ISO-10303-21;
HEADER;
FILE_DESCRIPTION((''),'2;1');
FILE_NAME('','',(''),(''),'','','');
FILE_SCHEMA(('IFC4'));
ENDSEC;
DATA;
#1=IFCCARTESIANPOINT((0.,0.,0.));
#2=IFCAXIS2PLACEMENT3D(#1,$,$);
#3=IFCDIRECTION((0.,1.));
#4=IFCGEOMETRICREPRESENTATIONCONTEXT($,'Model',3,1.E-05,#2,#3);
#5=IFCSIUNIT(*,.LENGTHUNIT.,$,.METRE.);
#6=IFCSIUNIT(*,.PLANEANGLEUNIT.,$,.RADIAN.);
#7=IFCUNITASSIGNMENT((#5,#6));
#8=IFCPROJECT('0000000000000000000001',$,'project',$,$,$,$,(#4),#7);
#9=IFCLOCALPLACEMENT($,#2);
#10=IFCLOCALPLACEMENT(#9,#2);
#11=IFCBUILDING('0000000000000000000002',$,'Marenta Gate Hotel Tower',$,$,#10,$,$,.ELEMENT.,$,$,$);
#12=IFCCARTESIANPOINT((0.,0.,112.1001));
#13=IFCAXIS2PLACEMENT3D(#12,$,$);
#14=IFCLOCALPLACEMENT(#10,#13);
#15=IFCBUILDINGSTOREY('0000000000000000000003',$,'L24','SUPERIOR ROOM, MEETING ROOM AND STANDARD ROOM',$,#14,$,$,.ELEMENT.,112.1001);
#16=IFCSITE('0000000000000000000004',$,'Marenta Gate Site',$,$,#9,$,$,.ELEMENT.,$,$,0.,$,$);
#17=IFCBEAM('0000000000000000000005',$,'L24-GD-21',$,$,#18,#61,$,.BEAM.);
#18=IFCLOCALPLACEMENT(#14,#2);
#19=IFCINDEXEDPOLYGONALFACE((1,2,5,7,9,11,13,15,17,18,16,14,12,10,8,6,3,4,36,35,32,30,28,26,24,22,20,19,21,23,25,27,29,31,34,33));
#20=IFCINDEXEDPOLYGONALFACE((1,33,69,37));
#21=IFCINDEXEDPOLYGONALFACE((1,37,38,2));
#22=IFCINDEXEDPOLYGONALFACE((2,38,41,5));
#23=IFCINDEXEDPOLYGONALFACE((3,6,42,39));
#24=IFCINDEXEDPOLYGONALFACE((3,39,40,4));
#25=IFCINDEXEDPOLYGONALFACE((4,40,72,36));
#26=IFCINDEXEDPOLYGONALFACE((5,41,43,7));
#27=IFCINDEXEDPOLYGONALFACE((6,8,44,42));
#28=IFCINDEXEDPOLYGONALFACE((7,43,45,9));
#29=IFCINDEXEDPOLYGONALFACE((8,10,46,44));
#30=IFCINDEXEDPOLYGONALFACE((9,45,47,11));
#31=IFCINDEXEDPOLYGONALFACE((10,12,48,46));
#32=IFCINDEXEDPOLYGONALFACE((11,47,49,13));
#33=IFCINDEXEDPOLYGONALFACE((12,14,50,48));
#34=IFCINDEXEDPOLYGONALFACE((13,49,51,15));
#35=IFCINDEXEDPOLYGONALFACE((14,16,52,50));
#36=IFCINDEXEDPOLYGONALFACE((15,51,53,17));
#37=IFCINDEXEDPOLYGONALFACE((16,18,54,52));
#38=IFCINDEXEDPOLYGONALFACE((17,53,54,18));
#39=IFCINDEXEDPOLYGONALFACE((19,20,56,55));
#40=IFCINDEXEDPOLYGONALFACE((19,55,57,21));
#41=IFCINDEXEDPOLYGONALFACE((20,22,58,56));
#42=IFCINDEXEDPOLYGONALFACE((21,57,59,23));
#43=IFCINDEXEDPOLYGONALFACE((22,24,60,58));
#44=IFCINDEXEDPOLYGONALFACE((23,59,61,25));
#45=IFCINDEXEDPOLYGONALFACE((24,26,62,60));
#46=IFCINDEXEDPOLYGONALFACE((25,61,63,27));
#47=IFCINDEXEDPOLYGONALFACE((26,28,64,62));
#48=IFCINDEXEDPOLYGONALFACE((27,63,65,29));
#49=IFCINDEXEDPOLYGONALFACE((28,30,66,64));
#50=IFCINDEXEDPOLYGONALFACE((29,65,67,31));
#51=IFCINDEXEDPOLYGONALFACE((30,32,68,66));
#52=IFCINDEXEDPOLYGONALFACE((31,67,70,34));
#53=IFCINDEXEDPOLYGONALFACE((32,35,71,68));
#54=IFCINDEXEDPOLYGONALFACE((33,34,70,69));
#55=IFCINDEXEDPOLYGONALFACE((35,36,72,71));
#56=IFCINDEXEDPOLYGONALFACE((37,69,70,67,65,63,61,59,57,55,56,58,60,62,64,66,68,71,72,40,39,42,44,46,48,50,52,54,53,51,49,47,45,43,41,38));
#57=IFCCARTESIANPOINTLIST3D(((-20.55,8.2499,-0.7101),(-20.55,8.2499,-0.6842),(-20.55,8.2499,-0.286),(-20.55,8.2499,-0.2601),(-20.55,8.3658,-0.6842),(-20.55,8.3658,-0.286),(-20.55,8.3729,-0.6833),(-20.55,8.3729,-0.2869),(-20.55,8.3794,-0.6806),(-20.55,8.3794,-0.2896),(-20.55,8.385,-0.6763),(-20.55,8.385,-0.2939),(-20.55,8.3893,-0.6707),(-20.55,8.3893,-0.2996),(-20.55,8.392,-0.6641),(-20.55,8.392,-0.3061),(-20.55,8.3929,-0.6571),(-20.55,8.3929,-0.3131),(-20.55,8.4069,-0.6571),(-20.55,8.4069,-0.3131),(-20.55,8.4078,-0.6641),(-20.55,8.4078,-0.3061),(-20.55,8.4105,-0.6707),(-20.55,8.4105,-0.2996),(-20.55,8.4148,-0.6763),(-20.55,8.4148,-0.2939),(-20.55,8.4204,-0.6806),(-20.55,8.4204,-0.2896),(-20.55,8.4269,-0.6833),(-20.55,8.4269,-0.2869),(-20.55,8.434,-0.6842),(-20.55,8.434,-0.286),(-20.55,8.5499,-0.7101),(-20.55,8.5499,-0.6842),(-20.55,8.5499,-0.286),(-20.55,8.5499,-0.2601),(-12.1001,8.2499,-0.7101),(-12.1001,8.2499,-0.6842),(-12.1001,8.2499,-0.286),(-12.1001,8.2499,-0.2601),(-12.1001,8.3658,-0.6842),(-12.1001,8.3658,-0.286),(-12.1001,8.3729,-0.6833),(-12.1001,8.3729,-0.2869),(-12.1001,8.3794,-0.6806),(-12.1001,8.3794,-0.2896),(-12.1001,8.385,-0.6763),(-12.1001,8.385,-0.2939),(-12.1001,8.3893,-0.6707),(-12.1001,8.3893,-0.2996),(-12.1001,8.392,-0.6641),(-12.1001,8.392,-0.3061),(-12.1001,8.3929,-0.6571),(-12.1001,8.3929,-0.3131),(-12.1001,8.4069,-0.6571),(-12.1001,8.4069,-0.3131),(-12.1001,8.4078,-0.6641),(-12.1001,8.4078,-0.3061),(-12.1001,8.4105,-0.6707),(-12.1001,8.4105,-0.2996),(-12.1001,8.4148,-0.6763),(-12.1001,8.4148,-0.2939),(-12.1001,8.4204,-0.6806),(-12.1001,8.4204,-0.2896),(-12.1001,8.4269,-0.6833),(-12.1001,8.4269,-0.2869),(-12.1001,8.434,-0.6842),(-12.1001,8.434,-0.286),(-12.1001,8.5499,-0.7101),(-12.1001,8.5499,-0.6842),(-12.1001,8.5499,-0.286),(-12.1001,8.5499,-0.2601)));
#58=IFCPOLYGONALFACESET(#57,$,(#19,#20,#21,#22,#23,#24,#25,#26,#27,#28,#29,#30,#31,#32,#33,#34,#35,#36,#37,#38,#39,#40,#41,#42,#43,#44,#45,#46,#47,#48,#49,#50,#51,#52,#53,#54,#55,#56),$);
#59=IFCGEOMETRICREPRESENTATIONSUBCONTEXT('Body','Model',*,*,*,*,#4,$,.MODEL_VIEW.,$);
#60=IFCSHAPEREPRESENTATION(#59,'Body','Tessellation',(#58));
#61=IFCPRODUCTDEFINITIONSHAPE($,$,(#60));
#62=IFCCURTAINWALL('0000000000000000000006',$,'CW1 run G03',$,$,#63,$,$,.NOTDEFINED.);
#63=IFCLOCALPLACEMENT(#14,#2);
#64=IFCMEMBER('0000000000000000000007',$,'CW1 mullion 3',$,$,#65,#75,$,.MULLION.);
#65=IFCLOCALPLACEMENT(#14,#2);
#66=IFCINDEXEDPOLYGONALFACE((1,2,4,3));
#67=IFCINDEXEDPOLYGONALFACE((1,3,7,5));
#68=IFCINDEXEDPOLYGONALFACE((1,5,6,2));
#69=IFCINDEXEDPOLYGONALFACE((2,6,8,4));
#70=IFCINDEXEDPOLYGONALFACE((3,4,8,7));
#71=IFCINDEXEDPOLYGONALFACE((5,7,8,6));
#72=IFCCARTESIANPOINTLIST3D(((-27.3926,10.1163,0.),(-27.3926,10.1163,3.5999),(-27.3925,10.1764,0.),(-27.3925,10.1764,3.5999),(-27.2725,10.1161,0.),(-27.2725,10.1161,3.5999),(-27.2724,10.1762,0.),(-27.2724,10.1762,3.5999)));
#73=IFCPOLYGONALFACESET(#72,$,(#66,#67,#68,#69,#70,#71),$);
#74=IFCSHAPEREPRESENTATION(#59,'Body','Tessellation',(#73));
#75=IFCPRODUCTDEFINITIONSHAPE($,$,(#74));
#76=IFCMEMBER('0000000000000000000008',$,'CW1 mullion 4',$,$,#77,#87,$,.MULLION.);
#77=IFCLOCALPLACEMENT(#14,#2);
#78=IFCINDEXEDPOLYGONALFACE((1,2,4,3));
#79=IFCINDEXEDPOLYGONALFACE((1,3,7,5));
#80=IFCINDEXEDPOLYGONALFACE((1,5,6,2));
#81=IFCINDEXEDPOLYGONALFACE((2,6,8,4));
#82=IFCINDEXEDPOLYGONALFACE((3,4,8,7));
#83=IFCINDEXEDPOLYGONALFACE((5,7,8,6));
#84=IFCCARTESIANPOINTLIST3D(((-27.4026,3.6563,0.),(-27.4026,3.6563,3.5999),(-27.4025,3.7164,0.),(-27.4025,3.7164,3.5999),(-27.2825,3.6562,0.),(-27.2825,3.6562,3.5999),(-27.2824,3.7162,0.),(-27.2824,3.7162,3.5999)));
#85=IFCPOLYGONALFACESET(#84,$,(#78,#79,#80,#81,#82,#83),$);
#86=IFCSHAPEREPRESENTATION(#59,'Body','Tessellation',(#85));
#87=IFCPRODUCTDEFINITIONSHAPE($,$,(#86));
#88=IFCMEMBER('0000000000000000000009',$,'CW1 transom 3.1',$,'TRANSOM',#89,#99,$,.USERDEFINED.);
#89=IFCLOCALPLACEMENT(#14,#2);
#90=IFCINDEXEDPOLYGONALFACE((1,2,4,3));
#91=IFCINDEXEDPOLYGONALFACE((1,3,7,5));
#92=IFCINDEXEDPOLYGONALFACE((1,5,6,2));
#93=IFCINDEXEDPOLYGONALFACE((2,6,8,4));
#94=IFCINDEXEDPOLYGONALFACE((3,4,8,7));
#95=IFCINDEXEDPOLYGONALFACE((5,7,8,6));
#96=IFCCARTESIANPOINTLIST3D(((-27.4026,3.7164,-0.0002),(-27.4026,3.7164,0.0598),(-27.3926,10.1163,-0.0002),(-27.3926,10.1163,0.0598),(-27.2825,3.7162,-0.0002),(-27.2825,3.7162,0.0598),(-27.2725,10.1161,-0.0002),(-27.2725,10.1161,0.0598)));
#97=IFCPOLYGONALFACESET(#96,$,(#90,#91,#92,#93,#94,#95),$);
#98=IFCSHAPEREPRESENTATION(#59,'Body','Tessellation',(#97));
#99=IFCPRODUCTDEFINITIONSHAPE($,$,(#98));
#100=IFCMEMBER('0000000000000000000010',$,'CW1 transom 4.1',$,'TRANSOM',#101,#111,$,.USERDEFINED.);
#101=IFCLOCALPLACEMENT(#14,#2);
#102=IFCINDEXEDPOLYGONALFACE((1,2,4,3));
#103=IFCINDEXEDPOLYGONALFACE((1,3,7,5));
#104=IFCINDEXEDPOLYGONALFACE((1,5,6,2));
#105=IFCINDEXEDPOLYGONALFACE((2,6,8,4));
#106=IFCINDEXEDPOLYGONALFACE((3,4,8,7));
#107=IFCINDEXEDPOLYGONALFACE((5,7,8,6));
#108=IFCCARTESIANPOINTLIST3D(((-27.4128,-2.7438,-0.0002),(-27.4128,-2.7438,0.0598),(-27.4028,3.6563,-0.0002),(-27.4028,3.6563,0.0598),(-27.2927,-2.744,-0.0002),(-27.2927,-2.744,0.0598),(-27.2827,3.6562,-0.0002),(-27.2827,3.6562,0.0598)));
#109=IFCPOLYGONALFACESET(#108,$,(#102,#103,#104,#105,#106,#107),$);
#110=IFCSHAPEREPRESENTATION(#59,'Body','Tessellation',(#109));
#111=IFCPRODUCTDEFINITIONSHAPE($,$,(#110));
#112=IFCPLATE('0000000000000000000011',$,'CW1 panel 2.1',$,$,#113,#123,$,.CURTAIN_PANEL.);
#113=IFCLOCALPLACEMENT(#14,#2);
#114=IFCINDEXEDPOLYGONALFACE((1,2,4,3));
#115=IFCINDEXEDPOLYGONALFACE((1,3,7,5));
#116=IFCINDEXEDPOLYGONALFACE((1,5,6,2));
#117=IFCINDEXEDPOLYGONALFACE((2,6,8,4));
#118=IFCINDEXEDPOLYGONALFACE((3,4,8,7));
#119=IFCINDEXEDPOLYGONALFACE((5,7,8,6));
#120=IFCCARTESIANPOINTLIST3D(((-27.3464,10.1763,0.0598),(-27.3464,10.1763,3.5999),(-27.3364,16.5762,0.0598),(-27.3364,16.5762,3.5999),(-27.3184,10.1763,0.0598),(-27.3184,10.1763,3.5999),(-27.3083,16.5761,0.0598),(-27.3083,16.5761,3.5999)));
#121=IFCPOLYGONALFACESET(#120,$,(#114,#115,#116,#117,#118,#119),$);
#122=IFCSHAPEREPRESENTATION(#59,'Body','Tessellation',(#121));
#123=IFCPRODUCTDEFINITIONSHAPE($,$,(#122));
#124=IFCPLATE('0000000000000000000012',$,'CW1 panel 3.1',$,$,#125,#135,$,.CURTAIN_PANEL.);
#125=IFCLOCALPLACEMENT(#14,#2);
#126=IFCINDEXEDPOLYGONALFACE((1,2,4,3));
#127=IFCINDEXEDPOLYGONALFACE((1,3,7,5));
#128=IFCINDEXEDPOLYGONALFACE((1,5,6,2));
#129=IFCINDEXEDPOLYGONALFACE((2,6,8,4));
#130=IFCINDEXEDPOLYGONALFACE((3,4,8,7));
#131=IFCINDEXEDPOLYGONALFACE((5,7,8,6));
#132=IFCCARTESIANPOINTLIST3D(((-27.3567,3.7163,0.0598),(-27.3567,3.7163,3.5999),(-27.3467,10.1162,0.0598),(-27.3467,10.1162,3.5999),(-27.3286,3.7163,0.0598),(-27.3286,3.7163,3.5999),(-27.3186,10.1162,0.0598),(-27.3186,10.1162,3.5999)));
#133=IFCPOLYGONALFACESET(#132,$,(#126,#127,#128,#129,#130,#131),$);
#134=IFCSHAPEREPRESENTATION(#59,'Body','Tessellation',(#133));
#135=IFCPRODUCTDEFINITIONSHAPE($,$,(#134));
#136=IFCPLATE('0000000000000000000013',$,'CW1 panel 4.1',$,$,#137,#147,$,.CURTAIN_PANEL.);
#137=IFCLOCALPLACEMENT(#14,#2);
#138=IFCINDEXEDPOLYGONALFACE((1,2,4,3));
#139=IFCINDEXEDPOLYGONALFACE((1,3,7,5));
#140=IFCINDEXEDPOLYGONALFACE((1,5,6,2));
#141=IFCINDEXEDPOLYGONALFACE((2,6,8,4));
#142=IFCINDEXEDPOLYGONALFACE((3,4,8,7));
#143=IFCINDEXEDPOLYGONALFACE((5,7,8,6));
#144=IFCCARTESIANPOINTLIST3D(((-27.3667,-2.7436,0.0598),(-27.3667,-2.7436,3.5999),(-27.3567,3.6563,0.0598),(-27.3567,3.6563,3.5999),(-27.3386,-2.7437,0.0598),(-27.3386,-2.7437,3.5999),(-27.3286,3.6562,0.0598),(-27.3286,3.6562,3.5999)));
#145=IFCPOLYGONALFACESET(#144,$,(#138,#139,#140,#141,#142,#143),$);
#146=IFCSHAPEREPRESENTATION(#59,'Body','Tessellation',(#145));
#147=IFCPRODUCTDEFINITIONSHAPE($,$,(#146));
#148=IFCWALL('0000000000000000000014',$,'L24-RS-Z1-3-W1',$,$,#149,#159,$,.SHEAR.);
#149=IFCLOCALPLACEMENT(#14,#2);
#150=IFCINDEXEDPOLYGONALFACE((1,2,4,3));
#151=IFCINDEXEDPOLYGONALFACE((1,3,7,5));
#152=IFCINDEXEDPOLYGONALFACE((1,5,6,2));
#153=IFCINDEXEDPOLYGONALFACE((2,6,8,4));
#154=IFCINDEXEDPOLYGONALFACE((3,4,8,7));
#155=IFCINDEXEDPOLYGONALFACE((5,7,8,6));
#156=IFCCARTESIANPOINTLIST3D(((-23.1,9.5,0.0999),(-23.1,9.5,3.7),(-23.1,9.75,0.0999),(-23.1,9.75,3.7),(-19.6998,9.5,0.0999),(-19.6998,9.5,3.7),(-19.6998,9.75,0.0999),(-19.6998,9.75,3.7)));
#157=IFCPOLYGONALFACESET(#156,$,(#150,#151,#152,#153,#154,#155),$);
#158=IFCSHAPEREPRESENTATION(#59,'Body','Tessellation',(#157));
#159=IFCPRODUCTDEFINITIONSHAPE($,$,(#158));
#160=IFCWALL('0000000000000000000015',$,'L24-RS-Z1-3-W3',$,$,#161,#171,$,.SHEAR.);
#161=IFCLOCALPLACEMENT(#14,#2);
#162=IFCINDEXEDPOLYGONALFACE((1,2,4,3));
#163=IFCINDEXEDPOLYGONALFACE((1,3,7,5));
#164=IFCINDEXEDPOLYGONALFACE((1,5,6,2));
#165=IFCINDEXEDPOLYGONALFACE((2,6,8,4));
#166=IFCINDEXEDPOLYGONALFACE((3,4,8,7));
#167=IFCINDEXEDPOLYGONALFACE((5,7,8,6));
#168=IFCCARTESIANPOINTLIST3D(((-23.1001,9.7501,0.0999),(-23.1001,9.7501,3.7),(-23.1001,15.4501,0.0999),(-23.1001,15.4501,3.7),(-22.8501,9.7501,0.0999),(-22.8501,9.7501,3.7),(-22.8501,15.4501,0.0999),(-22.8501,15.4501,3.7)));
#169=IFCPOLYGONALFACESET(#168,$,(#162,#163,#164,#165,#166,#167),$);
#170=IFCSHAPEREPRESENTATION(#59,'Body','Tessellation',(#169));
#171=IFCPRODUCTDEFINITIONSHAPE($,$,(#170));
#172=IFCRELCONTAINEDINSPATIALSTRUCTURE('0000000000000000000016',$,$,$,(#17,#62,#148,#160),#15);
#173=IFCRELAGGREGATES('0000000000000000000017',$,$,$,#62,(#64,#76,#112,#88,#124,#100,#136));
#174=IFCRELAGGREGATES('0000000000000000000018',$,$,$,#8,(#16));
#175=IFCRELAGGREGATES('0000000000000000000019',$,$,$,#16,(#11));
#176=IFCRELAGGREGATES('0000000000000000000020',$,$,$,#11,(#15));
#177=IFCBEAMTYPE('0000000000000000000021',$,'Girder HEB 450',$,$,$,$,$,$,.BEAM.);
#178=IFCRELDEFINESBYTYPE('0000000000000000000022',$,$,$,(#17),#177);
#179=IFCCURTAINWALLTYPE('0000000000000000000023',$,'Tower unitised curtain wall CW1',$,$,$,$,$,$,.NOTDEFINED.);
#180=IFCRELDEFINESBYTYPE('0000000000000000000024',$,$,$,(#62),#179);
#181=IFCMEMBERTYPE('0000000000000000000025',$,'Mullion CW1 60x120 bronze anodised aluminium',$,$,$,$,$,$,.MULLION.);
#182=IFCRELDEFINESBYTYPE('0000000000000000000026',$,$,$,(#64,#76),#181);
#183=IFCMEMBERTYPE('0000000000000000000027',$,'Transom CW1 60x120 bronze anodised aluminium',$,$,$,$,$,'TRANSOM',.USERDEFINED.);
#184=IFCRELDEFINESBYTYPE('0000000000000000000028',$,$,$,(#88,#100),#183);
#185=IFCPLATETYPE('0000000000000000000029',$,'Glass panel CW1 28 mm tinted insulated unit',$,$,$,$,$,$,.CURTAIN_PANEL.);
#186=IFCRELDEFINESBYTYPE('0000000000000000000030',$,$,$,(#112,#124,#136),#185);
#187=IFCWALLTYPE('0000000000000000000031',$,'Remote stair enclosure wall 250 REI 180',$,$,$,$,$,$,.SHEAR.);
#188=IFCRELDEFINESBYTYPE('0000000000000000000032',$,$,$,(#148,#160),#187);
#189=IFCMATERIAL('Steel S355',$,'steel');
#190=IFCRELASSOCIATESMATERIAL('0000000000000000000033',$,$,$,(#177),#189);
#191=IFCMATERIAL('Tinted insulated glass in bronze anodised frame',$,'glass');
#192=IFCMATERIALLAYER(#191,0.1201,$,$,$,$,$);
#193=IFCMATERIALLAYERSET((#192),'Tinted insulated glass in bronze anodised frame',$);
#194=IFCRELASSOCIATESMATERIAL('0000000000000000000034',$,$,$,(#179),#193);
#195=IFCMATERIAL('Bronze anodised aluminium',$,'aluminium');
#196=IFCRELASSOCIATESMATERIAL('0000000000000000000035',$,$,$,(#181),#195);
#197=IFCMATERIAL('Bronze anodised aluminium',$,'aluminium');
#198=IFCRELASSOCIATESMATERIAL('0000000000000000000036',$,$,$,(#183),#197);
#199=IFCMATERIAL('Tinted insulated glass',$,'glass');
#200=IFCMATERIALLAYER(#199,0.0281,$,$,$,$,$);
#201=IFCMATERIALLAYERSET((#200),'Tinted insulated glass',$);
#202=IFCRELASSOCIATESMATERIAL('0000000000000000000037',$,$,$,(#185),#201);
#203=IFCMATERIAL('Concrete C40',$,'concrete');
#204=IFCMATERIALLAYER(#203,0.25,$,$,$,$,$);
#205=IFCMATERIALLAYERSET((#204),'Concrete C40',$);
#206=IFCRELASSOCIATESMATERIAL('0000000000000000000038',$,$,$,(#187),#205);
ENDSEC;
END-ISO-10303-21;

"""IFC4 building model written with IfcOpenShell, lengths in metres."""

from ifc_helpers import new_model, si_unit, direction, frame, frame_2d, origin, origin_2d, place, context, subcontext, project, spatial, rectangle, i_section, extrude, material, layer, layer_set, material_profile, profile_set, type_object, element, aggregate, save


model = new_model("IFC4")

# Units and contexts
model_context = context("Model", 3, precision=1e-05, world=origin(), true_north=direction((0.0, 1.0)))
body_context = subcontext(model_context, "Body", "Model", "MODEL_VIEW")
ifc_project = project(units=[si_unit("LENGTHUNIT", "METRE"), si_unit("PLANEANGLEUNIT", "RADIAN")], contexts=[model_context])

# Site, building, storey
site_placement = place(None, origin())
site = spatial("IfcSite", under=ifc_project, at=site_placement, Name="Marenta Gate Site", CompositionType="ELEMENT", RefElevation=0.0)
building_placement = place(site_placement, origin())
building = spatial("IfcBuilding", under=site, at=building_placement, Name="Marenta Gate Hotel Tower", CompositionType="ELEMENT")
storey_placement = place(building_placement, frame((0.0, 0.0, 112.1001)))
storey = spatial("IfcBuildingStorey", under=building, at=storey_placement, Name="L24", Description="SUPERIOR ROOM, MEETING ROOM AND STANDARD ROOM", CompositionType="ELEMENT", Elevation=112.1001)

# Beam
ifc_material_1 = material(Name="Steel S355", Category="steel")
ifc_material_profile_1 = material_profile(ifc_material_1, i_section(OverallWidth=0.3, OverallDepth=0.45, WebThickness=0.0139, FlangeThickness=0.0259, FilletRadius=0.0271, at=origin_2d()), Name="HEB 450")
ifc_profile_set_1 = profile_set([ifc_material_profile_1], Name="Steel S355")
beam_type_1 = type_object("IfcBeamType", Name="Girder HEB 450", PredefinedType="BEAM", material=ifc_profile_set_1)
beam_1_placement = place(storey_placement, frame((-20.55, 8.3999, -0.4851), z_axis=(1.0, 0.0, 0.0), x_axis=(0.0, 1.0, 0.0)))
element("IfcBeam", 1, at=beam_1_placement, inside=storey, type_object=beam_type_1, Name="L24-GD-21", PredefinedType="BEAM", context=body_context, shape_type="SweptSolid", body=[
    extrude(i_section(OverallWidth=0.3, OverallDepth=0.45, WebThickness=0.0139, FlangeThickness=0.0259, FilletRadius=0.0271, at=origin_2d()), origin(), (0.0, 0.0, 1.0), 8.45),
])

# Curtain wall, members, plates
ifc_material_2 = material(Name="Tinted insulated glass in bronze anodised frame", Category="glass")
ifc_layer_1 = layer(ifc_material_2, 0.1201)
ifc_layer_set_1 = layer_set([ifc_layer_1], Name="Tinted insulated glass in bronze anodised frame")
curtain_wall_type = type_object("IfcCurtainWallType", Name="Tower unitised curtain wall CW1", PredefinedType="NOTDEFINED", material=ifc_layer_set_1)
curtain_wall_placement = place(storey_placement, origin())
curtain_wall = element("IfcCurtainWall", 2, at=curtain_wall_placement, inside=storey, type_object=curtain_wall_type, Name="CW1 run G03", PredefinedType="NOTDEFINED")
ifc_material_3 = material(Name="Bronze anodised aluminium", Category="aluminium")
ifc_material_profile_2 = material_profile(ifc_material_3, rectangle(XDim=0.1201, YDim=0.0601, at=origin_2d()), Name="Mullion CW1 60x120 bronze anodised aluminium")
ifc_profile_set_2 = profile_set([ifc_material_profile_2], Name="Bronze anodised aluminium")
member_type_1 = type_object("IfcMemberType", Name="Mullion CW1 60x120 bronze anodised aluminium", PredefinedType="MULLION", material=ifc_profile_set_2)
member_1_placement = place(storey_placement, frame((-27.3325, 10.1462, 0.0), z_axis=(0.0, 0.0, 1.0), x_axis=(0.999999, -0.001566, 0.0)))
member_1 = element("IfcMember", 3, at=member_1_placement, type_object=member_type_1, Name="CW1 mullion 3", PredefinedType="MULLION", context=body_context, shape_type="SweptSolid", body=[
    extrude(rectangle(XDim=0.1201, YDim=0.0601, at=origin_2d()), origin(), (0.0, 0.0, 1.0), 3.5999),
])
member_2_placement = place(storey_placement, frame((-27.3425, 3.6863, 0.0), z_axis=(0.0, 0.0, 1.0), x_axis=(0.999999, -0.001566, 0.0)))
member_2 = element("IfcMember", 4, at=member_2_placement, type_object=member_type_1, Name="CW1 mullion 4", PredefinedType="MULLION", context=body_context, shape_type="SweptSolid", body=[
    extrude(rectangle(XDim=0.1201, YDim=0.0601, at=origin_2d()), origin(), (0.0, 0.0, 1.0), 3.5999),
])
ifc_material_4 = material(Name="Bronze anodised aluminium", Category="aluminium")
ifc_material_profile_3 = material_profile(ifc_material_4, rectangle(XDim=0.1201, YDim=0.0601, at=origin_2d()), Name="Transom CW1 60x120 bronze anodised aluminium")
ifc_profile_set_3 = profile_set([ifc_material_profile_3], Name="Bronze anodised aluminium")
member_type_2 = type_object("IfcMemberType", Name="Transom CW1 60x120 bronze anodised aluminium", ElementType="TRANSOM", PredefinedType="USERDEFINED", material=ifc_profile_set_3)
member_3_placement = place(storey_placement, frame((-27.3325, 10.1162, 0.0298), z_axis=(-0.001564, -0.999999, 0.0), x_axis=(0.999999, -0.001564, 0.0)))
member_3 = element("IfcMember", 5, at=member_3_placement, type_object=member_type_2, Name="CW1 transom 3.1", ObjectType="TRANSOM", PredefinedType="USERDEFINED", context=body_context, shape_type="SweptSolid", body=[
    extrude(rectangle(XDim=0.1201, YDim=0.0601, at=origin_2d()), origin(), (0.0, 0.0, 1.0), 6.3999),
])
member_4_placement = place(storey_placement, frame((-27.3428, 3.6562, 0.0298), z_axis=(-0.001564, -0.999999, 0.0), x_axis=(0.999999, -0.001564, 0.0)))
member_4 = element("IfcMember", 6, at=member_4_placement, type_object=member_type_2, Name="CW1 transom 4.1", ObjectType="TRANSOM", PredefinedType="USERDEFINED", context=body_context, shape_type="SweptSolid", body=[
    extrude(rectangle(XDim=0.1201, YDim=0.0601, at=origin_2d()), origin(), (0.0, 0.0, 1.0), 6.4001),
])
ifc_material_5 = material(Name="Tinted insulated glass", Category="glass")
ifc_layer_2 = layer(ifc_material_5, 0.0281)
ifc_layer_set_2 = layer_set([ifc_layer_2], Name="Tinted insulated glass")
plate_type = type_object("IfcPlateType", Name="Glass panel CW1 28 mm tinted insulated unit", PredefinedType="CURTAIN_PANEL", material=ifc_layer_set_2)
plate_1_placement = place(storey_placement, frame((-27.3274, 13.3762, 0.0598), z_axis=(0.0, 0.0, 1.0), x_axis=(-0.001566, -0.999999, 0.0)))
plate_1 = element("IfcPlate", 7, at=plate_1_placement, type_object=plate_type, Name="CW1 panel 2.1", PredefinedType="CURTAIN_PANEL", context=body_context, shape_type="SweptSolid", body=[
    extrude(rectangle(XDim=6.3999, YDim=0.0281, at=origin_2d()), origin(), (0.0, 0.0, 1.0), 3.54),
])
plate_2_placement = place(storey_placement, frame((-27.3376, 6.9163, 0.0598), z_axis=(0.0, 0.0, 1.0), x_axis=(-0.001566, -0.999999, 0.0)))
plate_2 = element("IfcPlate", 8, at=plate_2_placement, type_object=plate_type, Name="CW1 panel 3.1", PredefinedType="CURTAIN_PANEL", context=body_context, shape_type="SweptSolid", body=[
    extrude(rectangle(XDim=6.3999, YDim=0.0281, at=origin_2d()), origin(), (0.0, 0.0, 1.0), 3.54),
])
plate_3_placement = place(storey_placement, frame((-27.3477, 0.4563, 0.0598), z_axis=(0.0, 0.0, 1.0), x_axis=(-0.001566, -0.999999, 0.0)))
plate_3 = element("IfcPlate", 9, at=plate_3_placement, type_object=plate_type, Name="CW1 panel 4.1", PredefinedType="CURTAIN_PANEL", context=body_context, shape_type="SweptSolid", body=[
    extrude(rectangle(XDim=6.3999, YDim=0.0281, at=origin_2d()), origin(), (0.0, 0.0, 1.0), 3.54),
])
aggregate(curtain_wall, [member_1, member_2, plate_1, member_3, plate_2, member_4, plate_3])

# Walls
ifc_material_6 = material(Name="Concrete C40", Category="concrete")
ifc_layer_3 = layer(ifc_material_6, 0.25)
ifc_layer_set_3 = layer_set([ifc_layer_3], Name="Concrete C40")
wall_type_1 = type_object("IfcWallType", Name="Remote stair enclosure wall 250 REI 180", PredefinedType="SHEAR", material=ifc_layer_set_3)
wall_1_placement = place(storey_placement, frame((-23.1001, 9.625, 0.0999), z_axis=(0.0, 0.0, 1.0), x_axis=(1.0, 0.0, 0.0)))
element("IfcWall", 10, at=wall_1_placement, inside=storey, type_object=wall_type_1, Name="L24-RS-Z1-3-W1", PredefinedType="SHEAR", context=body_context, shape_type="SweptSolid", body=[
    extrude(rectangle(XDim=3.4001, YDim=0.25, at=frame_2d((1.7002, 0.0))), origin(), (0.0, 0.0, 1.0), 3.6001),
])
wall_2_placement = place(storey_placement, frame((-22.9751, 9.75, 0.0999), z_axis=(0.0, 0.0, 1.0), x_axis=(0.0, 1.0, 0.0)))
element("IfcWall", 11, at=wall_2_placement, inside=storey, type_object=wall_type_1, Name="L24-RS-Z1-3-W3", PredefinedType="SHEAR", context=body_context, shape_type="SweptSolid", body=[
    extrude(rectangle(XDim=5.7, YDim=0.25, at=frame_2d((2.8501, 0.0))), origin(), (0.0, 0.0, 1.0), 3.6001),
])

save(model, "model.ifc")
